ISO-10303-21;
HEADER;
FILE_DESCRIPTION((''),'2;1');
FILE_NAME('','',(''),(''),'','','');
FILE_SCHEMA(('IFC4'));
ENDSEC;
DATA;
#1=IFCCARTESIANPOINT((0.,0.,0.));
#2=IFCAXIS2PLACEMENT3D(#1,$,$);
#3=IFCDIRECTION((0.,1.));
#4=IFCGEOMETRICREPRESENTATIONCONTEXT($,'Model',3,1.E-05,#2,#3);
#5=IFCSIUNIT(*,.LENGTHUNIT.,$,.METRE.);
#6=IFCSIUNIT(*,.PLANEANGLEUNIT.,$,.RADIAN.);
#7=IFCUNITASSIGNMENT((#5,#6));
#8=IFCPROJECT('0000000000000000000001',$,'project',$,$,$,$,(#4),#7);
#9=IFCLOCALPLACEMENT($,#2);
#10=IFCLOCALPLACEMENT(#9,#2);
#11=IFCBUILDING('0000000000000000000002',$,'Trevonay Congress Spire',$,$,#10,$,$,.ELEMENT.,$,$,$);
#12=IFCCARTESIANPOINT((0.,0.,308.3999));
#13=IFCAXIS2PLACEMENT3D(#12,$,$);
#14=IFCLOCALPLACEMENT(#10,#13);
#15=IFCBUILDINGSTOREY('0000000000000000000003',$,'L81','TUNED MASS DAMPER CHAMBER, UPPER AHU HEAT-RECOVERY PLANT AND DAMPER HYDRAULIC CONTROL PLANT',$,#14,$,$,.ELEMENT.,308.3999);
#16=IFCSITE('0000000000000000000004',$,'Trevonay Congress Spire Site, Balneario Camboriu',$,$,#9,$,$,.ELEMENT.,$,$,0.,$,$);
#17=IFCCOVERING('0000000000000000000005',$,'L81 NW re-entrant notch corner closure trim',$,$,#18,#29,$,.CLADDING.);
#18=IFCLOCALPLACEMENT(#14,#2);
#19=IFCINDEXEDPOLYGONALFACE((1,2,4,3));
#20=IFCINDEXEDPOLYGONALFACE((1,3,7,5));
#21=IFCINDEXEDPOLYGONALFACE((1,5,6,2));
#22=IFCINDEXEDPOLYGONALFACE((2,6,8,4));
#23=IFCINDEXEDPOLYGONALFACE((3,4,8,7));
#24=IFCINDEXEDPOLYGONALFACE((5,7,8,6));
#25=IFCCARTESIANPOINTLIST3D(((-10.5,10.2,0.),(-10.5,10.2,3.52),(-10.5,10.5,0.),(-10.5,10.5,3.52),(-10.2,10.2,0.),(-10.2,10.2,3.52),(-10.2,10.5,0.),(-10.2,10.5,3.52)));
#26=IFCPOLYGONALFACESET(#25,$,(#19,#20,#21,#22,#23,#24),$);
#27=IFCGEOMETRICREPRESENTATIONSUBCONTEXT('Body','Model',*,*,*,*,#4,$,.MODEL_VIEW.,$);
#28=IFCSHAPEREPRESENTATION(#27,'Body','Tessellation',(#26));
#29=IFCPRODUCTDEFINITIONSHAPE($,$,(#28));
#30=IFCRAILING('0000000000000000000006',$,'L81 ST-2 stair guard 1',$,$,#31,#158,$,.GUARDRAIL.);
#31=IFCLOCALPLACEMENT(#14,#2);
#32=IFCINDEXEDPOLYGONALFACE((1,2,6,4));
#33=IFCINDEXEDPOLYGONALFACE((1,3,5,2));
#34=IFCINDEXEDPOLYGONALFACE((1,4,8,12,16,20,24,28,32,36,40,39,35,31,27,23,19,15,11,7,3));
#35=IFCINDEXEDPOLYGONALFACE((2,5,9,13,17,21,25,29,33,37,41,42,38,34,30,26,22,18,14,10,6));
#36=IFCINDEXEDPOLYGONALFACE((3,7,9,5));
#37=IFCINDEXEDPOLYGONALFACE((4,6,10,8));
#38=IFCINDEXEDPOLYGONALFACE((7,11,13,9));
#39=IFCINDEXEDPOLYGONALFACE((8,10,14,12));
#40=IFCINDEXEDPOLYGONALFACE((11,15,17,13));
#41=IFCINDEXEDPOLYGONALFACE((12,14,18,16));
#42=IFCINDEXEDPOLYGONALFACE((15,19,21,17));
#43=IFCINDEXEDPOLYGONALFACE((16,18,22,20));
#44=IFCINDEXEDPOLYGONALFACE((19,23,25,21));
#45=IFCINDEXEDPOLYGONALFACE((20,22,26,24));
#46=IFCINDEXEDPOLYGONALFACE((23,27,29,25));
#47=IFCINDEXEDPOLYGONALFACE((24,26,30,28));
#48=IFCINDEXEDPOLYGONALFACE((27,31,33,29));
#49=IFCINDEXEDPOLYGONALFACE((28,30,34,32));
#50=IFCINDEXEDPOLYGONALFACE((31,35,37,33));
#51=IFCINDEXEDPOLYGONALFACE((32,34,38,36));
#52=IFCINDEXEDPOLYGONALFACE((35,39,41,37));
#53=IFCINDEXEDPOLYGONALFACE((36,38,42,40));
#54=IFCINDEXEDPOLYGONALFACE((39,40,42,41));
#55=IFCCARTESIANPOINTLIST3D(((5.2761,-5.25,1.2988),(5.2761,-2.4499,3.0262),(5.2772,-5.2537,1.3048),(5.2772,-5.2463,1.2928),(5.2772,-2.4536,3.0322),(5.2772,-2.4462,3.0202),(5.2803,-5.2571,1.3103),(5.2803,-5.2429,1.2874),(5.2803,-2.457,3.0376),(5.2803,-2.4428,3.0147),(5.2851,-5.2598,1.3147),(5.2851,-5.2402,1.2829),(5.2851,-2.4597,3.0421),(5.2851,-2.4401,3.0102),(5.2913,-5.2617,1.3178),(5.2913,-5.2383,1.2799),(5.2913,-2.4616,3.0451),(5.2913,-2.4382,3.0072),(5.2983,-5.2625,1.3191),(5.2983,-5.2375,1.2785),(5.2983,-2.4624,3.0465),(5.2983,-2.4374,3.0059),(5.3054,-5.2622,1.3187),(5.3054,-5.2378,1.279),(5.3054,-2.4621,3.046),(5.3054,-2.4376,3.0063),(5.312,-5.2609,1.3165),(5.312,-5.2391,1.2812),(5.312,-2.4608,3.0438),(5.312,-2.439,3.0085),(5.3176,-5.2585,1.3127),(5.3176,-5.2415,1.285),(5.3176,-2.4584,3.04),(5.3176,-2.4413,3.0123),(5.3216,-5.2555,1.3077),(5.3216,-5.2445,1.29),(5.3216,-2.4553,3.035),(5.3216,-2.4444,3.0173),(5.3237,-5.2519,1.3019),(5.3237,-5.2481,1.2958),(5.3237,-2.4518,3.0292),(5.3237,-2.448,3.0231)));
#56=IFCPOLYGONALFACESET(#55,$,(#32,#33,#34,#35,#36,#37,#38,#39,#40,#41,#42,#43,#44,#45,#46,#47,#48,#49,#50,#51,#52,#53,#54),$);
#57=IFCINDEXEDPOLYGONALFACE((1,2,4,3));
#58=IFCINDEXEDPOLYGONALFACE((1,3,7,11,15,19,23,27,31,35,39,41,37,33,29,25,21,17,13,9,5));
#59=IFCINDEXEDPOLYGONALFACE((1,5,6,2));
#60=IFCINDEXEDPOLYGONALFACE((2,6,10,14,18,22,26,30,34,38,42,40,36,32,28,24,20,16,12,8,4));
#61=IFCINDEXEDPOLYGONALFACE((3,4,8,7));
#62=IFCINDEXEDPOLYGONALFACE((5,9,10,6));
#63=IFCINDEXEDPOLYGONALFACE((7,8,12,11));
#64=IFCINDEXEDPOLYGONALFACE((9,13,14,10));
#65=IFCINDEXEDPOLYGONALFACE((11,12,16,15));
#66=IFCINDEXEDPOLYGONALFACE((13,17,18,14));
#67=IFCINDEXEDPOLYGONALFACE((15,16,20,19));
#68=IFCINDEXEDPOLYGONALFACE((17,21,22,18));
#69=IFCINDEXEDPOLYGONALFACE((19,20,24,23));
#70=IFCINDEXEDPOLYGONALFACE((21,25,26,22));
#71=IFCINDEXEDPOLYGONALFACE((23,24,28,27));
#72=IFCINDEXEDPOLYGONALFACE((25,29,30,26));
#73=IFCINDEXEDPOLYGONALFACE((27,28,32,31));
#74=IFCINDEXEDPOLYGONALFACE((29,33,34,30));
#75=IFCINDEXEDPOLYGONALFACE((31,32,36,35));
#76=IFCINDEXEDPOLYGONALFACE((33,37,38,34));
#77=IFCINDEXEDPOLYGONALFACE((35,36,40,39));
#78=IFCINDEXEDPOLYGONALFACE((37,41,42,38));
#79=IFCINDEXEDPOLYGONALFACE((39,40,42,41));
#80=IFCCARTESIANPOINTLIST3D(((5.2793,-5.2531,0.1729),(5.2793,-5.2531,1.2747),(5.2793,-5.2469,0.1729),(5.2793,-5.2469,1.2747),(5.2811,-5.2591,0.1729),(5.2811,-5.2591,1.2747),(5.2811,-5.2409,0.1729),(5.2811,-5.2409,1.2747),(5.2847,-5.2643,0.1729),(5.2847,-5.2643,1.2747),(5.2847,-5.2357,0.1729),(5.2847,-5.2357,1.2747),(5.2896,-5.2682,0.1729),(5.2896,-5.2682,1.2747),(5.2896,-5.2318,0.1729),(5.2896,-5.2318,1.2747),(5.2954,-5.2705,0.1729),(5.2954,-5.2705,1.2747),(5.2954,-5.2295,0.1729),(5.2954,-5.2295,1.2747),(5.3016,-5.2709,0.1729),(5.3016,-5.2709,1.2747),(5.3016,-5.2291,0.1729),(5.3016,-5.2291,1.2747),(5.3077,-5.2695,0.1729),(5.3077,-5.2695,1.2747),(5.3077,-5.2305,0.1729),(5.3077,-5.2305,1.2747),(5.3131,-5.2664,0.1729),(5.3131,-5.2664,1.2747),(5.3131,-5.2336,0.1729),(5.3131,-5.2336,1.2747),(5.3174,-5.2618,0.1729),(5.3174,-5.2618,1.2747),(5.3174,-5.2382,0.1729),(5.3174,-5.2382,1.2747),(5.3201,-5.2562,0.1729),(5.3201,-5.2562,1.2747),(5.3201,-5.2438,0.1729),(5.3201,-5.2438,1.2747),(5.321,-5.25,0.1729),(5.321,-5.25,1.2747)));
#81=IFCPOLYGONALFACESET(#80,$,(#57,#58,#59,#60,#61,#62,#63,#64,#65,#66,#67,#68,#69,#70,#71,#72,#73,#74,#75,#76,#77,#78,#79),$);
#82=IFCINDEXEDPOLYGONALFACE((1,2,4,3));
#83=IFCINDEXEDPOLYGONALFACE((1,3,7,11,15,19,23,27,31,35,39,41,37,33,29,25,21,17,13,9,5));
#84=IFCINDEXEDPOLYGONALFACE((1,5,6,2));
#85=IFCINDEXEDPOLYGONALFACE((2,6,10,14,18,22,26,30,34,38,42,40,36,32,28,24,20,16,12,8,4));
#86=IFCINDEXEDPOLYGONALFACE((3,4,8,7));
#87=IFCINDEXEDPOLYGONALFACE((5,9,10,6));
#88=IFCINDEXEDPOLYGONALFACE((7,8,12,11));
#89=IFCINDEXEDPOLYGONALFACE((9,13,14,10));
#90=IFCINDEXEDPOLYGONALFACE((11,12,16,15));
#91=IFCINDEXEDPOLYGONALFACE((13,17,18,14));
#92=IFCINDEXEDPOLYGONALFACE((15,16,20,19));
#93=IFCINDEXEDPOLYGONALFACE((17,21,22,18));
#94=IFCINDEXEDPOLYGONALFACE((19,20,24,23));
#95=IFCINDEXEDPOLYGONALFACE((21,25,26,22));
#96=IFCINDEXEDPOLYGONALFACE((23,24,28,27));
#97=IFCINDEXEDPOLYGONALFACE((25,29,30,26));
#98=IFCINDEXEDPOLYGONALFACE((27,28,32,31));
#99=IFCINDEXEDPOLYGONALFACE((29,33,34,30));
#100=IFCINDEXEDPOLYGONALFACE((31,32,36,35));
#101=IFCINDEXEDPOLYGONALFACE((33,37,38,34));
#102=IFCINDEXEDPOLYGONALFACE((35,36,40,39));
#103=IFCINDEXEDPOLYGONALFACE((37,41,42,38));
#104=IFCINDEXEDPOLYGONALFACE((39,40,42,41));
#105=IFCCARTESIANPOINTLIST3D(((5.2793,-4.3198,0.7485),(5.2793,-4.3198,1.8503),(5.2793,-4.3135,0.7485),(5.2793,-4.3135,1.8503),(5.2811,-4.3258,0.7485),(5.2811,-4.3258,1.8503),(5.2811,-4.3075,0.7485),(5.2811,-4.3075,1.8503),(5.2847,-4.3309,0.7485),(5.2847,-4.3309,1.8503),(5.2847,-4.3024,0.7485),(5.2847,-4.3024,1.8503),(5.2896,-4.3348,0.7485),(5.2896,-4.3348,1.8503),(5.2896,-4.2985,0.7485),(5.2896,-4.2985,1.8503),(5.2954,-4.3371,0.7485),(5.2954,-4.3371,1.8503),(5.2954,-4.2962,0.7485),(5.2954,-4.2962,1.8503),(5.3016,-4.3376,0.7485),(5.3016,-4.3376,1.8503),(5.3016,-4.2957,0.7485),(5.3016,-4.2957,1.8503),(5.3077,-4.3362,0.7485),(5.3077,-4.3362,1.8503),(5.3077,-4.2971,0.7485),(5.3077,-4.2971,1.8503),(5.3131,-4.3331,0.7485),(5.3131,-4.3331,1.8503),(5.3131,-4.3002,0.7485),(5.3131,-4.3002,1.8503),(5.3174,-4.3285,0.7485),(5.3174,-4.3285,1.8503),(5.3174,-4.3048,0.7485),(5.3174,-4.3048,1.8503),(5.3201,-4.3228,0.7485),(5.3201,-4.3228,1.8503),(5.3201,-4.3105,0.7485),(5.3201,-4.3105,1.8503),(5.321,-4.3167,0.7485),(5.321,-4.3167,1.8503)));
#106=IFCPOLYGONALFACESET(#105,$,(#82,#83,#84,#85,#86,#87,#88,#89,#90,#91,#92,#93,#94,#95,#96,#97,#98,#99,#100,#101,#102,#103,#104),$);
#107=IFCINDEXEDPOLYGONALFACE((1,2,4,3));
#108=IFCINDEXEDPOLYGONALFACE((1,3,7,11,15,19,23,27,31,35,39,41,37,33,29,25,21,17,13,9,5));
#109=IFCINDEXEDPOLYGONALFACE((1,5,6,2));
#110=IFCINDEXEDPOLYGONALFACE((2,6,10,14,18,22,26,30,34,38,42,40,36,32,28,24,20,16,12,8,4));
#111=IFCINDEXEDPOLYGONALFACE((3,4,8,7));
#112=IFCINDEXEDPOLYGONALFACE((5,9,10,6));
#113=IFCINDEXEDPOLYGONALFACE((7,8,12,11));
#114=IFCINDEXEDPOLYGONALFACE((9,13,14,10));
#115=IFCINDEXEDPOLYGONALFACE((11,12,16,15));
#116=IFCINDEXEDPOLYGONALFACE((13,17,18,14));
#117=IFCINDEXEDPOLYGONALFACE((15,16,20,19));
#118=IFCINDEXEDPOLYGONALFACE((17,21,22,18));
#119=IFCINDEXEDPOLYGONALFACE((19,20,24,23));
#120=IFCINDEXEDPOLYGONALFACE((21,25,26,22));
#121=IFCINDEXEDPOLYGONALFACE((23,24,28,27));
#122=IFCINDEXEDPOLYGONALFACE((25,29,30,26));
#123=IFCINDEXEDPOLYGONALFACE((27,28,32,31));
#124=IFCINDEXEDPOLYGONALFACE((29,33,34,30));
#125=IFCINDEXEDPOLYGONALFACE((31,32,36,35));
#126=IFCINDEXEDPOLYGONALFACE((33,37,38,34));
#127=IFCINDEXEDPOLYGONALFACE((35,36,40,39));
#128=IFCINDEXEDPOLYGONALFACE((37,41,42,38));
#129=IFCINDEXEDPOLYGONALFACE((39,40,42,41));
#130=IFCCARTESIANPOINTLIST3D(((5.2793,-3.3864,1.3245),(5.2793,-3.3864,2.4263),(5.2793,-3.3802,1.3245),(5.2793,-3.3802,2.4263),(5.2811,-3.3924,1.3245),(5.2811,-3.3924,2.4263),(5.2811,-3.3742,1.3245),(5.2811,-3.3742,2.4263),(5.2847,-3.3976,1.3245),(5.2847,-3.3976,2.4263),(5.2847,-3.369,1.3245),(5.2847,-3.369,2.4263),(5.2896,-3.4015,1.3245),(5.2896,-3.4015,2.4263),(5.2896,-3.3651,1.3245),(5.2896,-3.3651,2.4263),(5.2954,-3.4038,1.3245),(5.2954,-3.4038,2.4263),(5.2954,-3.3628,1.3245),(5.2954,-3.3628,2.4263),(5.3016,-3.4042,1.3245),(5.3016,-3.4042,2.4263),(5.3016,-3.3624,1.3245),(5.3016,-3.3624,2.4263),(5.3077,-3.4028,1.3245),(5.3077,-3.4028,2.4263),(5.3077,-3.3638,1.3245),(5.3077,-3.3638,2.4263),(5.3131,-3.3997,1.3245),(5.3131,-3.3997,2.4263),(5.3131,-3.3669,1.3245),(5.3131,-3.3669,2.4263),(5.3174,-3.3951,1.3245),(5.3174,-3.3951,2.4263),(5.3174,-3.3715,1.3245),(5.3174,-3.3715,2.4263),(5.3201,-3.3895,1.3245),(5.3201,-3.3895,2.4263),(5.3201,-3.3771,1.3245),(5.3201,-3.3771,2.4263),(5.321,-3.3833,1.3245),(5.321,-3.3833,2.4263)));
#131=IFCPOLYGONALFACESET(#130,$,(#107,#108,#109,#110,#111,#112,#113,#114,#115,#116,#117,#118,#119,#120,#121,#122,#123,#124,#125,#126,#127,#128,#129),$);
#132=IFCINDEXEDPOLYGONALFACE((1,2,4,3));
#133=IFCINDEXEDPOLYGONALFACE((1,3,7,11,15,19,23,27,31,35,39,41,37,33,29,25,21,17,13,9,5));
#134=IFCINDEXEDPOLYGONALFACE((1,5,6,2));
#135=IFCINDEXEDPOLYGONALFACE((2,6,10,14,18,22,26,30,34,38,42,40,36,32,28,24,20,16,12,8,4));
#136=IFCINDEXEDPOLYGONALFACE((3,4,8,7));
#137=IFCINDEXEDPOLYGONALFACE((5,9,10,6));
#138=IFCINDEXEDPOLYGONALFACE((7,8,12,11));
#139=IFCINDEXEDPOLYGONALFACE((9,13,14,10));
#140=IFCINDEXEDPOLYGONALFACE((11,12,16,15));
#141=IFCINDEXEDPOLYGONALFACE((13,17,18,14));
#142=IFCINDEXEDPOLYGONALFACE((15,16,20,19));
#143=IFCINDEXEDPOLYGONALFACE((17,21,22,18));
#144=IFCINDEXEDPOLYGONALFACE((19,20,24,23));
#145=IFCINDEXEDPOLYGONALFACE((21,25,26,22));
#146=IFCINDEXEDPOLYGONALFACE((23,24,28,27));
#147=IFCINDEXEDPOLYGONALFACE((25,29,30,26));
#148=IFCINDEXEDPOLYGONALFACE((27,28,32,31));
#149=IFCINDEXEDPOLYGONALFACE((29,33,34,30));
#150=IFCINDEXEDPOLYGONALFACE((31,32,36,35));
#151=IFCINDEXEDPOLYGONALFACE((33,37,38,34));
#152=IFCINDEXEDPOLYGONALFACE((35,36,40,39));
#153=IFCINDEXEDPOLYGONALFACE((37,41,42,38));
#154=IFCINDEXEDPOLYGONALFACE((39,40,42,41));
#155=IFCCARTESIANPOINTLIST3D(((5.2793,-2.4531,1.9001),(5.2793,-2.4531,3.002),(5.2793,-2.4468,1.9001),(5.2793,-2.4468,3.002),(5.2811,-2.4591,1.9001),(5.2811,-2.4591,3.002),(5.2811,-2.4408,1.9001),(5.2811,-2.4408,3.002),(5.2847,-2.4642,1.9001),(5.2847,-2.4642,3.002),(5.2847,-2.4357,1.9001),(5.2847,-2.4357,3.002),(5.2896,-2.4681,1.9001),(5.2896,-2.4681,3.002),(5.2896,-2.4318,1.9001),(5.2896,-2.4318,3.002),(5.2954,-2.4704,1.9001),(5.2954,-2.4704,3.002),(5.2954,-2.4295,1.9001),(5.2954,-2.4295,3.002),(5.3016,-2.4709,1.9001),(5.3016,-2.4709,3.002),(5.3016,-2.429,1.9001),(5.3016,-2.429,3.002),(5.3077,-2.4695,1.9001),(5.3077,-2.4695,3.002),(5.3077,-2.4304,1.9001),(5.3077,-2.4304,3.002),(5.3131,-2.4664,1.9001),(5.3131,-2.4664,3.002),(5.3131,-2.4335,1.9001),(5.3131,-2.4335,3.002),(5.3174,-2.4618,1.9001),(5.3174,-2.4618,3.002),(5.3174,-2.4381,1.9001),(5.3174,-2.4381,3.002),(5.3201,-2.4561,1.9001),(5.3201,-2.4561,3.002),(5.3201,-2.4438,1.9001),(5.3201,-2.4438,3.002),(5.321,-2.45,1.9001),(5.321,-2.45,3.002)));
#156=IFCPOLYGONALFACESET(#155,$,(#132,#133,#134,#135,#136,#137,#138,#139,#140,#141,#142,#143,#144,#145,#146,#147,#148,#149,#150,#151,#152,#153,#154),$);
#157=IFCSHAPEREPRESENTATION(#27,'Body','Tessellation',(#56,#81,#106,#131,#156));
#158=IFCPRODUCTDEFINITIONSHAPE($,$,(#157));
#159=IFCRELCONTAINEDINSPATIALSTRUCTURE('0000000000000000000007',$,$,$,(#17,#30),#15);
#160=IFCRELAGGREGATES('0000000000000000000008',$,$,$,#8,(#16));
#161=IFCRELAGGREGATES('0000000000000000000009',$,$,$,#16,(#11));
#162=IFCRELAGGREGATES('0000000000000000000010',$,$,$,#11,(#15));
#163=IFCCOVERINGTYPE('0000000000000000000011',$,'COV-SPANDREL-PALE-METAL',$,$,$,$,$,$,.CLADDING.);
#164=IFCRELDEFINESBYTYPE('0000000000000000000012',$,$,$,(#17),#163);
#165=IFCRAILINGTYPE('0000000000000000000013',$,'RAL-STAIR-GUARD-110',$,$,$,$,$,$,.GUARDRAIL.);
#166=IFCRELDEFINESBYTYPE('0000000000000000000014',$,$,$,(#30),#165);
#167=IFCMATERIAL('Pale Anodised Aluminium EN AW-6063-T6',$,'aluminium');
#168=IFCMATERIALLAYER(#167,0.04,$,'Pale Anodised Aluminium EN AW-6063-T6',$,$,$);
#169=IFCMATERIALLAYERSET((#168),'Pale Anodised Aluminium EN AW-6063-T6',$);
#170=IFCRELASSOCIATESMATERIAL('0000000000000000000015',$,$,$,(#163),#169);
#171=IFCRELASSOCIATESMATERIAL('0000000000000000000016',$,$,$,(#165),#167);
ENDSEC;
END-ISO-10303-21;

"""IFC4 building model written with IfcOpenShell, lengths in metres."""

from ifc_helpers import new_model, si_unit, direction, frame, origin, origin_2d, place, context, subcontext, project, spatial, polyline, circle, outline, extrude, material, layer, layer_set, type_object, element, save


model = new_model("IFC4")

# Units and contexts
model_context = context("Model", 3, precision=1e-05, world=origin(), true_north=direction((0.0, 1.0)))
body_context = subcontext(model_context, "Body", "Model", "MODEL_VIEW")
ifc_project = project(units=[si_unit("LENGTHUNIT", "METRE"), si_unit("PLANEANGLEUNIT", "RADIAN")], contexts=[model_context])

# Site, building, storey
site_placement = place(None, origin())
site = spatial("IfcSite", under=ifc_project, at=site_placement, Name="Trevonay Congress Spire Site, Balneario Camboriu", CompositionType="ELEMENT", RefElevation=0.0)
building_placement = place(site_placement, origin())
building = spatial("IfcBuilding", under=site, at=building_placement, Name="Trevonay Congress Spire", CompositionType="ELEMENT")
storey_placement = place(building_placement, frame((0.0, 0.0, 308.3999)))
storey = spatial("IfcBuildingStorey", under=building, at=storey_placement, Name="L81", Description="TUNED MASS DAMPER CHAMBER, UPPER AHU HEAT-RECOVERY PLANT AND DAMPER HYDRAULIC CONTROL PLANT", CompositionType="ELEMENT", Elevation=308.3999)

# Shared definitions
ifc_material_1 = material(Name="Pale Anodised Aluminium EN AW-6063-T6", Category="aluminium")

# Covering
ifc_layer_1 = layer(ifc_material_1, 0.04, Name="Pale Anodised Aluminium EN AW-6063-T6")
ifc_layer_set_1 = layer_set([ifc_layer_1], Name="Pale Anodised Aluminium EN AW-6063-T6")
covering_type_1 = type_object("IfcCoveringType", Name="COV-SPANDREL-PALE-METAL", PredefinedType="CLADDING", material=ifc_layer_set_1)
covering_1_placement = place(storey_placement, origin())
element("IfcCovering", 1, at=covering_1_placement, inside=storey, type_object=covering_type_1, Name="L81 NW re-entrant notch corner closure trim", PredefinedType="CLADDING", context=body_context, shape_type="SweptSolid", body=[
    extrude(outline(polyline([(-10.5, 10.2), (-10.2, 10.2), (-10.2, 10.5), (-10.5, 10.5), (-10.5, 10.2)])), origin(), (0.0, 0.0, 1.0), 3.52),
])

# Railing
railing_type_1 = type_object("IfcRailingType", Name="RAL-STAIR-GUARD-110", PredefinedType="GUARDRAIL", material=ifc_material_1)
railing_1_placement = place(storey_placement, frame((5.3, -5.25, 0.1729)))
element("IfcRailing", 2, at=railing_1_placement, inside=storey, type_object=railing_type_1, Name="L81 ST-2 stair guard 1", PredefinedType="GUARDRAIL", context=body_context, shape_type="SweptSolid", body=[
    extrude(circle(Radius=0.0239, at=origin_2d()), frame((0.0, 0.0, 1.126), z_axis=(0.0, 0.85109, 0.52502), x_axis=(-1.0, 0.0, 0.0)), (0.0, 0.0, 1.0), 3.29),
    extrude(circle(Radius=0.021, at=origin_2d()), origin(), (0.0, 0.0, 1.0), 1.1018),
    extrude(circle(Radius=0.021, at=origin_2d()), frame((0.0, 0.9333, 0.5757)), (0.0, 0.0, 1.0), 1.1018),
    extrude(circle(Radius=0.021, at=origin_2d()), frame((0.0, 1.8667, 1.1516)), (0.0, 0.0, 1.0), 1.1018),
    extrude(circle(Radius=0.021, at=origin_2d()), frame((0.0, 2.8, 1.7273)), (0.0, 0.0, 1.0), 1.1018),
])

save(model, "model.ifc")
